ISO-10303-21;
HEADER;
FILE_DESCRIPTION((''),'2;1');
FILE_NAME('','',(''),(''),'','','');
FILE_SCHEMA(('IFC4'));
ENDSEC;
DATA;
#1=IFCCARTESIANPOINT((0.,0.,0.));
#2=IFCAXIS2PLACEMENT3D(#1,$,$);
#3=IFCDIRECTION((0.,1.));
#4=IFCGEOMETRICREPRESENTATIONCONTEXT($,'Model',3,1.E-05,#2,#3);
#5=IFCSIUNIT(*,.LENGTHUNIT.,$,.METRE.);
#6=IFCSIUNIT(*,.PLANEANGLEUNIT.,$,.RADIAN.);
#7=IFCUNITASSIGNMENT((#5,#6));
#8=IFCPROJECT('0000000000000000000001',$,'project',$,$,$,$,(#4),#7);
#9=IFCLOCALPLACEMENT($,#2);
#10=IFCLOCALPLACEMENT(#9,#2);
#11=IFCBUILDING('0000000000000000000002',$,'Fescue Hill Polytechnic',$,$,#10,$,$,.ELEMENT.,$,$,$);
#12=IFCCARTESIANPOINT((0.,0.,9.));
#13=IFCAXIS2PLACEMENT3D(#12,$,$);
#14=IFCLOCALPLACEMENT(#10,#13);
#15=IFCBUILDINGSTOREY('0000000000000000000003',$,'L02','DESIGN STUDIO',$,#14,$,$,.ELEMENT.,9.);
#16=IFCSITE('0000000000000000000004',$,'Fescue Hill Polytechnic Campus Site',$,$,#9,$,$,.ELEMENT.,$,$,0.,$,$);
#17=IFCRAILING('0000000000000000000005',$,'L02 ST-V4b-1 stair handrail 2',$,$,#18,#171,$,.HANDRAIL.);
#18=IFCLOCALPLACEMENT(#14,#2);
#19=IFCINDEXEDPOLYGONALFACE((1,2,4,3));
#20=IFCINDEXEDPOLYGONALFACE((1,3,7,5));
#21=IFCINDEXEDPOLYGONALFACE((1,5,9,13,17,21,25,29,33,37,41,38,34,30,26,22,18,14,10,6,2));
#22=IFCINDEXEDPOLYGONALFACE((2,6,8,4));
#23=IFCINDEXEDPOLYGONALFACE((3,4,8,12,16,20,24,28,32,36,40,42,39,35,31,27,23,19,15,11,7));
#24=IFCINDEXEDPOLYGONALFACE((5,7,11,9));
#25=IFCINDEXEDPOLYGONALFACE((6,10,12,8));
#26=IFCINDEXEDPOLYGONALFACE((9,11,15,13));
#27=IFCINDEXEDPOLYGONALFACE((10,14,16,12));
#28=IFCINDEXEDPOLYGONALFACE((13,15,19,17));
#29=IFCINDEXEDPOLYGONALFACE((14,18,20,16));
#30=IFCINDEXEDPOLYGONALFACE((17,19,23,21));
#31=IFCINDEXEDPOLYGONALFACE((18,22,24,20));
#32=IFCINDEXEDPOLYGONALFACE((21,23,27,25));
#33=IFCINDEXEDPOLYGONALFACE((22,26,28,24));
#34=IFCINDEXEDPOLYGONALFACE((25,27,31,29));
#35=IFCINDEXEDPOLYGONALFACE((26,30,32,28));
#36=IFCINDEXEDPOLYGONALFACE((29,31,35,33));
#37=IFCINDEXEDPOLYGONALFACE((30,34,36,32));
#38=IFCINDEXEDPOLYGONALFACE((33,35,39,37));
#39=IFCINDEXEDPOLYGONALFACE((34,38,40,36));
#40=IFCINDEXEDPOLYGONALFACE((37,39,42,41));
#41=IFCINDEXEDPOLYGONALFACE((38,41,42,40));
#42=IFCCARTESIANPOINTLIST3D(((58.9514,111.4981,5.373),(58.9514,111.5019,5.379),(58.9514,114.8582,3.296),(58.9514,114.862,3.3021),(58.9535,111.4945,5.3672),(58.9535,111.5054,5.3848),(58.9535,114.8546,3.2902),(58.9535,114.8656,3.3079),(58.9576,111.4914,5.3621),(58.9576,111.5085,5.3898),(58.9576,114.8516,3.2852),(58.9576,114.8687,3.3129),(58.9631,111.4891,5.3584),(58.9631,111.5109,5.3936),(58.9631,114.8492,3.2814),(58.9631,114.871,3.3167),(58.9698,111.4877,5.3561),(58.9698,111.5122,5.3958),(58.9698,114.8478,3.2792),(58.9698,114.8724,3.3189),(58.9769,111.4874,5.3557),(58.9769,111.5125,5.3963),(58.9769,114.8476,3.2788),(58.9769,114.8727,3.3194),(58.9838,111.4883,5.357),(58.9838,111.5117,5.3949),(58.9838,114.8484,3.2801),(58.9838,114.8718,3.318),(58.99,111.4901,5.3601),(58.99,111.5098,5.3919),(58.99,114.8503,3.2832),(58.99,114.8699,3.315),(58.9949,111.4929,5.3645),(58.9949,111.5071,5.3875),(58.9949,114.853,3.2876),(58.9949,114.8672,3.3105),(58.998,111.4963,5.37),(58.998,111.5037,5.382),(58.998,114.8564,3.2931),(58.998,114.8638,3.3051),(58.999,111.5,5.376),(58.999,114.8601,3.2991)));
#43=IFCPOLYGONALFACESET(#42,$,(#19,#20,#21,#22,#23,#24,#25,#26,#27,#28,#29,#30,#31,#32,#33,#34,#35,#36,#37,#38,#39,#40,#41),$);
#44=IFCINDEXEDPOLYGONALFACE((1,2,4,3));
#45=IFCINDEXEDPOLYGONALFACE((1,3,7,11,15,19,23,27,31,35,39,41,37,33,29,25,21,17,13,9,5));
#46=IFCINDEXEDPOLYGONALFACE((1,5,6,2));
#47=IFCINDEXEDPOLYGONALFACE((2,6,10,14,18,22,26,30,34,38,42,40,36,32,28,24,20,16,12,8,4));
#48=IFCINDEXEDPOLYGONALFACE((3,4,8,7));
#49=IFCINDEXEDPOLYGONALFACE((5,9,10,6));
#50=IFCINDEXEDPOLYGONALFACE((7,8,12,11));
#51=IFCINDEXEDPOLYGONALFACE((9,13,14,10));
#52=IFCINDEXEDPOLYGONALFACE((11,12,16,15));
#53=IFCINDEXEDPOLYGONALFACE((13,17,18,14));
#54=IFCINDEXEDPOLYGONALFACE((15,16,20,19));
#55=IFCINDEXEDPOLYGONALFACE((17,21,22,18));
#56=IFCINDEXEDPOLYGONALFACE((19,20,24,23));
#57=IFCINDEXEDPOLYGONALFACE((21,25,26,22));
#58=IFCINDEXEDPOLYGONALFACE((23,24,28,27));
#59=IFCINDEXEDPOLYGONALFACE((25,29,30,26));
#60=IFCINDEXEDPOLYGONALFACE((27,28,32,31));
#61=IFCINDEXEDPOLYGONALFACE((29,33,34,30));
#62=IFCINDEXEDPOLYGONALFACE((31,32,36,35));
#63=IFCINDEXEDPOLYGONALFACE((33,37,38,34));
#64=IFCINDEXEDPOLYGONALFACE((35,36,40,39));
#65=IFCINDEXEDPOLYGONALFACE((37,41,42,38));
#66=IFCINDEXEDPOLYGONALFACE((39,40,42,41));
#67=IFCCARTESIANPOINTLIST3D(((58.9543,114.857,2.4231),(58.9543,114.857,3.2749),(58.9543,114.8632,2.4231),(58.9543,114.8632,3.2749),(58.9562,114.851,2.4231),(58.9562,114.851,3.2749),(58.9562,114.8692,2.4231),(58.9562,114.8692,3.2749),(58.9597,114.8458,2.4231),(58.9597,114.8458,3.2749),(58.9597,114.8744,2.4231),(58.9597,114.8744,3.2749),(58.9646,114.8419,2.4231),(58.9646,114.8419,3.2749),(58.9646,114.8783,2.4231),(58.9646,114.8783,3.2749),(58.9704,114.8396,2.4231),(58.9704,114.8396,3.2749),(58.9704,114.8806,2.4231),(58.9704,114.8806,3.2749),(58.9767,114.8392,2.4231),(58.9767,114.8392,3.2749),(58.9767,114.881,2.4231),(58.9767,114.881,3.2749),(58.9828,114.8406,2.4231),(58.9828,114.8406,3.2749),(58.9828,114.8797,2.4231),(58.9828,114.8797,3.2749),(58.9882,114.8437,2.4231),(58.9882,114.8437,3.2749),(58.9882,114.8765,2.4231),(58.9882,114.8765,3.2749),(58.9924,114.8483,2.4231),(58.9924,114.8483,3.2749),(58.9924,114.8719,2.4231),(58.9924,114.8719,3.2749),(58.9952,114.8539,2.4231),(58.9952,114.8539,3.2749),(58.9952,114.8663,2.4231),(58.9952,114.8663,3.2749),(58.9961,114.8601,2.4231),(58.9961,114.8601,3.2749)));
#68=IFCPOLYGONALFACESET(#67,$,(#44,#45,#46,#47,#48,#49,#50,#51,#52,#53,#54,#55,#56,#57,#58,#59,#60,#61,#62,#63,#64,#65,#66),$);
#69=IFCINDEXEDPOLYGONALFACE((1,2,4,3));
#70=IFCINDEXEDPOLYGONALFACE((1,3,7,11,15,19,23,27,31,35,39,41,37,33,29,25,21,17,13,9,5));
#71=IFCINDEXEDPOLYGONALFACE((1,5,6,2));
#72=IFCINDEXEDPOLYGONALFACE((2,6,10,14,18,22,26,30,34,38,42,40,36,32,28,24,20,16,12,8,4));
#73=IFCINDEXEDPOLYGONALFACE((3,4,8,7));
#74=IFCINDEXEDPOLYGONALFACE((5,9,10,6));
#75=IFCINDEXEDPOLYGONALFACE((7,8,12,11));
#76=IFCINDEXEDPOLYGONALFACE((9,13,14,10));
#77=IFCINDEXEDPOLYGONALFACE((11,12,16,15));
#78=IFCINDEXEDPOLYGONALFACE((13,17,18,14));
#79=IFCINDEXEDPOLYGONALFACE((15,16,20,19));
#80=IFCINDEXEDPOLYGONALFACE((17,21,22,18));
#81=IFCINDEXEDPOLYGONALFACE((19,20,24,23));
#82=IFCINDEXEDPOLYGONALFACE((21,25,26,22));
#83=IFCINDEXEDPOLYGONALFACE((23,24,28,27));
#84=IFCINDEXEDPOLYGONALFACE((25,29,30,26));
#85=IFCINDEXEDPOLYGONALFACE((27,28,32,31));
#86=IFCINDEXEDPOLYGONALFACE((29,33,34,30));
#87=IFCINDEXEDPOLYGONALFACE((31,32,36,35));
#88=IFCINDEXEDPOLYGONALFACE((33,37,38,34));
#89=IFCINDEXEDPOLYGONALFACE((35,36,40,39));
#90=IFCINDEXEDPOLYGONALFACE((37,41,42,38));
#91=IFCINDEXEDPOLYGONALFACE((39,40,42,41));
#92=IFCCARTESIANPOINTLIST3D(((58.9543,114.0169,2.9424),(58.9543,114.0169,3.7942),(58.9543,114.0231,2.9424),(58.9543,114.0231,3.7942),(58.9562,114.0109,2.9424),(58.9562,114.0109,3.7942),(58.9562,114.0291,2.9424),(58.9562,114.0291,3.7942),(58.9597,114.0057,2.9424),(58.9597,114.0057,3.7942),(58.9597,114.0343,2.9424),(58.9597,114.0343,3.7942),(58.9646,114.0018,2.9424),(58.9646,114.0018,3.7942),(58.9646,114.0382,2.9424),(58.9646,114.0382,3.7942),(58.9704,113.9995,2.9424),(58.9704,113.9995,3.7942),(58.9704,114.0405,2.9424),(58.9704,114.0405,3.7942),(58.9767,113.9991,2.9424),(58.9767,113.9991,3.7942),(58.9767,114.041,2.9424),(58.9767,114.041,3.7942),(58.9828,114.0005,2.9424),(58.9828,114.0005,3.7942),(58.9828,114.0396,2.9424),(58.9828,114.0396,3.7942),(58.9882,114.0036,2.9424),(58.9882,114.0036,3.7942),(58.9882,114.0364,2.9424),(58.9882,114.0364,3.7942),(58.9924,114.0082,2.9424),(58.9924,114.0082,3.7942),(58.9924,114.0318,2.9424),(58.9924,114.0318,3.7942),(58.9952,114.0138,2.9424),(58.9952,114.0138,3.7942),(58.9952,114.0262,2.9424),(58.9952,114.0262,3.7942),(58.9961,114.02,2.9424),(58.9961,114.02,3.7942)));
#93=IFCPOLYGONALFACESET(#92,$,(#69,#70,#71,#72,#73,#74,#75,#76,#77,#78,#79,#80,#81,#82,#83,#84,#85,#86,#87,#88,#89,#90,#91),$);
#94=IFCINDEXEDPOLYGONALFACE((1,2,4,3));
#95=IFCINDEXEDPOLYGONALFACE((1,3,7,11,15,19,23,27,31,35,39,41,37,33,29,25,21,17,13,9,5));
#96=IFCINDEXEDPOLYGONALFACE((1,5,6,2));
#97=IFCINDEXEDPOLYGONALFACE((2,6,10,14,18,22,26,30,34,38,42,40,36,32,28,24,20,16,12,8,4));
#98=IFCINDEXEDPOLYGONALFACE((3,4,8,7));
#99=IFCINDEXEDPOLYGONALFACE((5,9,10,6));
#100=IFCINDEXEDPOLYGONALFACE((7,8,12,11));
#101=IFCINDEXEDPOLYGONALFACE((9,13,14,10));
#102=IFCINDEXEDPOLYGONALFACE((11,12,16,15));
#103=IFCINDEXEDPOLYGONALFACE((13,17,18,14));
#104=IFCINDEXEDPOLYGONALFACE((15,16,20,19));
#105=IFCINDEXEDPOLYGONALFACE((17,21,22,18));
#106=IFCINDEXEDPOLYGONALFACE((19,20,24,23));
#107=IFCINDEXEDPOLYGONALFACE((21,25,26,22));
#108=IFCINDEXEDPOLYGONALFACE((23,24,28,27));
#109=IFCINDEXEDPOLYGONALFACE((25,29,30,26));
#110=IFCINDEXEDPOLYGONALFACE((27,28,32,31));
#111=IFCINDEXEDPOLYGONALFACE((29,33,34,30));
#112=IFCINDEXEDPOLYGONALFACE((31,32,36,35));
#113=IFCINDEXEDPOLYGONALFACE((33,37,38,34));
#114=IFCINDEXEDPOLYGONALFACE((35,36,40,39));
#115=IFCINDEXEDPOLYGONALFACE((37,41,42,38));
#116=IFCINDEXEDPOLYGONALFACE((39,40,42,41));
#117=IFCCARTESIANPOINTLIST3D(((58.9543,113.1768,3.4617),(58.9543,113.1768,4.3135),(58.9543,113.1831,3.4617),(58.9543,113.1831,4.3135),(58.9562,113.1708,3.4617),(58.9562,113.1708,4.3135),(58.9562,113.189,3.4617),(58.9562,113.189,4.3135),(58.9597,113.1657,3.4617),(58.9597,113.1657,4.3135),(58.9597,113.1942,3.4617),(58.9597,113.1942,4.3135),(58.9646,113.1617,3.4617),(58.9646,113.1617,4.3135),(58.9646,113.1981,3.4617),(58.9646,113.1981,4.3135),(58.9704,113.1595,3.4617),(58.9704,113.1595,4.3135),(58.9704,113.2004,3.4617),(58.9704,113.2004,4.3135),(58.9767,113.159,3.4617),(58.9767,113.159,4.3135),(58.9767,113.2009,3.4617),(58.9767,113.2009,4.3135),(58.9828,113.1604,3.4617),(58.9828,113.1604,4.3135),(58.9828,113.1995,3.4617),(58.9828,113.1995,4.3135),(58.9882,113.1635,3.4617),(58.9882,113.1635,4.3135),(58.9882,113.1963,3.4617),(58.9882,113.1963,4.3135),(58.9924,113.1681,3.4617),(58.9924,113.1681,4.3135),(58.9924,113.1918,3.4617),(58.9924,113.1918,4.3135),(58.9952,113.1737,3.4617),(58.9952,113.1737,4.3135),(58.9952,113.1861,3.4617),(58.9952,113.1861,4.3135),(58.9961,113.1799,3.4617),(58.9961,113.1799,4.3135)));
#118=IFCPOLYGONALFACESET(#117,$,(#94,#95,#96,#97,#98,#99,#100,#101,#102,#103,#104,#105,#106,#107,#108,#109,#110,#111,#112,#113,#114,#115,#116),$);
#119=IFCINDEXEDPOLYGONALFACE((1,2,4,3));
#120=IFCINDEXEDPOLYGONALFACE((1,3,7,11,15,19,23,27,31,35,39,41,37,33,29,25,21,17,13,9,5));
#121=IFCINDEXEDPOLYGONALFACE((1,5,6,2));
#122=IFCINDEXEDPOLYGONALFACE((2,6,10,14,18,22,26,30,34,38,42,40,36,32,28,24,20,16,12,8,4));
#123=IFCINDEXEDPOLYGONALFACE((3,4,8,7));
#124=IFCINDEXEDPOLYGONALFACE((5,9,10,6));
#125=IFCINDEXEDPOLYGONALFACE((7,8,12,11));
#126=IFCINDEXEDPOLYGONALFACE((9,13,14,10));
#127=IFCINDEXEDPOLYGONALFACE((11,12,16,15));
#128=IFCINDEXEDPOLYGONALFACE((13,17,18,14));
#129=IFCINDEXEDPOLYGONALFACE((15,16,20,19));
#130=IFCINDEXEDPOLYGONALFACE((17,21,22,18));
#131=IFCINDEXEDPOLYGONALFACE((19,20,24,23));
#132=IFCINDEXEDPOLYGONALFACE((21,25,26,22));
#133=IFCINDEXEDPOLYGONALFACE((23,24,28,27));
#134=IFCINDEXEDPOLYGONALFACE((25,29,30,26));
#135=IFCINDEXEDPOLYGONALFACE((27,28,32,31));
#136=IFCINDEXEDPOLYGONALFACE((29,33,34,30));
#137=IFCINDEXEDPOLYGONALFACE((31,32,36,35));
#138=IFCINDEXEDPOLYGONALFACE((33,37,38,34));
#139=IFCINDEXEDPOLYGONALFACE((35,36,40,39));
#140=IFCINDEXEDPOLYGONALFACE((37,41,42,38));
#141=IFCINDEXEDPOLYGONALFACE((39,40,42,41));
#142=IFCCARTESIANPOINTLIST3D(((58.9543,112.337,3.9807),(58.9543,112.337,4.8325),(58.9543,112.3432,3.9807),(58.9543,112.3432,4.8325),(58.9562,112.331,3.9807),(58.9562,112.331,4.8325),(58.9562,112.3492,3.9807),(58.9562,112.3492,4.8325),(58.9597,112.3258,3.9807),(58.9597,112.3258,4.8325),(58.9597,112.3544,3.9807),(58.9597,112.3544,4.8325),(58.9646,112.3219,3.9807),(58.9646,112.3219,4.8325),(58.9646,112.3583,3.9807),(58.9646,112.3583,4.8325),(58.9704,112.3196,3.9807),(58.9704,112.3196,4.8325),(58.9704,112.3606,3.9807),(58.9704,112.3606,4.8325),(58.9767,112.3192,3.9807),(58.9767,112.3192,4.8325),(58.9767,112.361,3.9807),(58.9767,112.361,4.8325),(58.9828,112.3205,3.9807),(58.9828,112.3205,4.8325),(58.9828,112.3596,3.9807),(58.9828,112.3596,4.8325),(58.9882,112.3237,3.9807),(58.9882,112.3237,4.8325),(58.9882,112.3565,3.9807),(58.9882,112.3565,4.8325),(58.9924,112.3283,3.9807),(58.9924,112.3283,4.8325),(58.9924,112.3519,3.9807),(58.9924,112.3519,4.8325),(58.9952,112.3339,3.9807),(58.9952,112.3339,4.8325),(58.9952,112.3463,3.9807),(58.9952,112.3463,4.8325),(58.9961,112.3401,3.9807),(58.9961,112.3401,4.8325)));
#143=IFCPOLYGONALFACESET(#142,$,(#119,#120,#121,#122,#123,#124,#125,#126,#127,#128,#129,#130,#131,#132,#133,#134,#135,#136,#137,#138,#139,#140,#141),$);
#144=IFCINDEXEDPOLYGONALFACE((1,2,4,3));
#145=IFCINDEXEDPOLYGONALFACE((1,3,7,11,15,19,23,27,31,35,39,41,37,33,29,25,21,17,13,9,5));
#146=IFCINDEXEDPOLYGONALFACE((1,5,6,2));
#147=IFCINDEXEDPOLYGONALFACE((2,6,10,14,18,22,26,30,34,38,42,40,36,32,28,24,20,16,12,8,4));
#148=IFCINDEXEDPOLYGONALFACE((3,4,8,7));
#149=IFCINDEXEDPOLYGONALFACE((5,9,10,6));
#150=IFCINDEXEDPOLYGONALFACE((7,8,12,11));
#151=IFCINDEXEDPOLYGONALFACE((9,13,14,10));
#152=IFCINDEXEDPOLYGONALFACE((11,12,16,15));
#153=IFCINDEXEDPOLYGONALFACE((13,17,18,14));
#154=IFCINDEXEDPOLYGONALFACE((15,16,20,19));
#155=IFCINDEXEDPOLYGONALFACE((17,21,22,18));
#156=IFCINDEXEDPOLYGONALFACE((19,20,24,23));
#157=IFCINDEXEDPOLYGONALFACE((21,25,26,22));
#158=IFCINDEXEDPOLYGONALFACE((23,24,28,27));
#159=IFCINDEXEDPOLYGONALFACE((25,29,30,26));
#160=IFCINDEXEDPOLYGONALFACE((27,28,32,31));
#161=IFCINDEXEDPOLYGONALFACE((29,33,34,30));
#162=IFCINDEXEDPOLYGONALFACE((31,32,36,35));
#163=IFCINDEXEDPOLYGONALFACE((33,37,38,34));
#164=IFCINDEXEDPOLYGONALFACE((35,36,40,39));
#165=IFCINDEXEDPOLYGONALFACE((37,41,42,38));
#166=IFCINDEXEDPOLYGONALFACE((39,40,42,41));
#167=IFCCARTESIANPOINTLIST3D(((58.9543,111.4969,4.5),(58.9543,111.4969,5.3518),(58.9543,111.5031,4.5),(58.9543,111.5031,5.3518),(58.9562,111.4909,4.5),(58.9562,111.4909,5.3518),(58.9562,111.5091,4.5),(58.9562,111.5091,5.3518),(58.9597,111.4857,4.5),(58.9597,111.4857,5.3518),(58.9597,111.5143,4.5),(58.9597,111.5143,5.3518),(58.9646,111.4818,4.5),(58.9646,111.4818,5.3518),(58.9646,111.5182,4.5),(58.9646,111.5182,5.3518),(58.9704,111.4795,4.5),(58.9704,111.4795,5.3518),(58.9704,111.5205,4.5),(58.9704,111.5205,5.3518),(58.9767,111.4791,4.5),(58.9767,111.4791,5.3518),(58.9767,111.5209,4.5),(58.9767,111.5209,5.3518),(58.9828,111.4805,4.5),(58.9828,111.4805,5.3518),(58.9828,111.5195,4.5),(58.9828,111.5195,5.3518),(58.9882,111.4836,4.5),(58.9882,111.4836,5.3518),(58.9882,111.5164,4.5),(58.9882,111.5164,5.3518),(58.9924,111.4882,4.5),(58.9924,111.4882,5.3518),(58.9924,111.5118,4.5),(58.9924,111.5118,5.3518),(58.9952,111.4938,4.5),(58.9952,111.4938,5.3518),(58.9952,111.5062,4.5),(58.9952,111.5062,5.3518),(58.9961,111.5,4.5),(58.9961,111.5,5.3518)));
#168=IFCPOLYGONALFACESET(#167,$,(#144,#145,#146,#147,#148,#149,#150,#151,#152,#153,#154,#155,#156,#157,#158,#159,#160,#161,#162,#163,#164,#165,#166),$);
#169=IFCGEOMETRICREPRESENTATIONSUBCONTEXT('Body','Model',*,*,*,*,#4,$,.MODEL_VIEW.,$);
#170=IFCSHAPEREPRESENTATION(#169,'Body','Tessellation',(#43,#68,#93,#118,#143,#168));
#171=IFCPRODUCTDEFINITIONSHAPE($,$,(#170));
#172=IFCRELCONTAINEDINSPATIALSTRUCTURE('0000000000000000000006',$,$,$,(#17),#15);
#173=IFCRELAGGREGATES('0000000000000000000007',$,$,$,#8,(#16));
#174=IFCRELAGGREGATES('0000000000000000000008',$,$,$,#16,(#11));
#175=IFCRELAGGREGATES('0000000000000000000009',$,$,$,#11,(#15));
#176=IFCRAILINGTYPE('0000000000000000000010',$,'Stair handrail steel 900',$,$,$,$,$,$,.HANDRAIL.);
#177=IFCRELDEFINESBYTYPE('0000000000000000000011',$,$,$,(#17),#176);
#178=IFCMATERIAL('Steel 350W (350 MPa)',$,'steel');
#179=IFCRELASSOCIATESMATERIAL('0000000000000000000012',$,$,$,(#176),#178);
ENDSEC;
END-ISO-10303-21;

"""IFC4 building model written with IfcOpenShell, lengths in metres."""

from ifc_helpers import new_model, si_unit, direction, frame, origin, origin_2d, place, context, subcontext, project, spatial, circle, extrude, material, type_object, element, save


model = new_model("IFC4")

# Units and contexts
model_context = context("Model", 3, precision=1e-05, world=origin(), true_north=direction((0.0, 1.0)))
body_context = subcontext(model_context, "Body", "Model", "MODEL_VIEW")
ifc_project = project(units=[si_unit("LENGTHUNIT", "METRE"), si_unit("PLANEANGLEUNIT", "RADIAN")], contexts=[model_context])

# Site, building, storey
site_placement = place(None, origin())
site = spatial("IfcSite", under=ifc_project, at=site_placement, Name="Fescue Hill Polytechnic Campus Site", CompositionType="ELEMENT", RefElevation=0.0)
building_placement = place(site_placement, origin())
building = spatial("IfcBuilding", under=site, at=building_placement, Name="Fescue Hill Polytechnic", CompositionType="ELEMENT")
storey_placement = place(building_placement, frame((0.0, 0.0, 9.0)))
storey = spatial("IfcBuildingStorey", under=building, at=storey_placement, Name="L02", Description="DESIGN STUDIO", CompositionType="ELEMENT", Elevation=9.0)

# Railing
ifc_material_1 = material(Name="Steel 350W (350 MPa)", Category="steel")
railing_type_1 = type_object("IfcRailingType", Name="Stair handrail steel 900", PredefinedType="HANDRAIL", material=ifc_material_1)
for number, where, name in (
    (1, (58.9751, 114.8601, 2.4231), "L02 ST-V4b-1 stair handrail 2"),
):
    element("IfcRailing", number, at=place(storey_placement, frame(where)), inside=storey, type_object=railing_type_1, Name=name, PredefinedType="HANDRAIL", context=body_context, shape_type="SweptSolid", body=[
        extrude(circle(Radius=0.0239, at=origin_2d()), frame((0.0, 0.0, 0.876), z_axis=(0.0, -0.850623, 0.525776), x_axis=(1.0, 0.0, 0.0)), (0.0, 0.0, 1.0), 3.9502),
        extrude(circle(Radius=0.021, at=origin_2d()), origin(), (0.0, 0.0, 1.0), 0.8518),
        extrude(circle(Radius=0.021, at=origin_2d()), frame((0.0, -0.8401, 0.5193)), (0.0, 0.0, 1.0), 0.8518),
        extrude(circle(Radius=0.021, at=origin_2d()), frame((0.0, -1.6802, 1.0386)), (0.0, 0.0, 1.0), 0.8518),
        extrude(circle(Radius=0.021, at=origin_2d()), frame((0.0, -2.52, 1.5576)), (0.0, 0.0, 1.0), 0.8518),
        extrude(circle(Radius=0.021, at=origin_2d()), frame((0.0, -3.3601, 2.0769)), (0.0, 0.0, 1.0), 0.8518),
    ])

save(model, "model.ifc")
